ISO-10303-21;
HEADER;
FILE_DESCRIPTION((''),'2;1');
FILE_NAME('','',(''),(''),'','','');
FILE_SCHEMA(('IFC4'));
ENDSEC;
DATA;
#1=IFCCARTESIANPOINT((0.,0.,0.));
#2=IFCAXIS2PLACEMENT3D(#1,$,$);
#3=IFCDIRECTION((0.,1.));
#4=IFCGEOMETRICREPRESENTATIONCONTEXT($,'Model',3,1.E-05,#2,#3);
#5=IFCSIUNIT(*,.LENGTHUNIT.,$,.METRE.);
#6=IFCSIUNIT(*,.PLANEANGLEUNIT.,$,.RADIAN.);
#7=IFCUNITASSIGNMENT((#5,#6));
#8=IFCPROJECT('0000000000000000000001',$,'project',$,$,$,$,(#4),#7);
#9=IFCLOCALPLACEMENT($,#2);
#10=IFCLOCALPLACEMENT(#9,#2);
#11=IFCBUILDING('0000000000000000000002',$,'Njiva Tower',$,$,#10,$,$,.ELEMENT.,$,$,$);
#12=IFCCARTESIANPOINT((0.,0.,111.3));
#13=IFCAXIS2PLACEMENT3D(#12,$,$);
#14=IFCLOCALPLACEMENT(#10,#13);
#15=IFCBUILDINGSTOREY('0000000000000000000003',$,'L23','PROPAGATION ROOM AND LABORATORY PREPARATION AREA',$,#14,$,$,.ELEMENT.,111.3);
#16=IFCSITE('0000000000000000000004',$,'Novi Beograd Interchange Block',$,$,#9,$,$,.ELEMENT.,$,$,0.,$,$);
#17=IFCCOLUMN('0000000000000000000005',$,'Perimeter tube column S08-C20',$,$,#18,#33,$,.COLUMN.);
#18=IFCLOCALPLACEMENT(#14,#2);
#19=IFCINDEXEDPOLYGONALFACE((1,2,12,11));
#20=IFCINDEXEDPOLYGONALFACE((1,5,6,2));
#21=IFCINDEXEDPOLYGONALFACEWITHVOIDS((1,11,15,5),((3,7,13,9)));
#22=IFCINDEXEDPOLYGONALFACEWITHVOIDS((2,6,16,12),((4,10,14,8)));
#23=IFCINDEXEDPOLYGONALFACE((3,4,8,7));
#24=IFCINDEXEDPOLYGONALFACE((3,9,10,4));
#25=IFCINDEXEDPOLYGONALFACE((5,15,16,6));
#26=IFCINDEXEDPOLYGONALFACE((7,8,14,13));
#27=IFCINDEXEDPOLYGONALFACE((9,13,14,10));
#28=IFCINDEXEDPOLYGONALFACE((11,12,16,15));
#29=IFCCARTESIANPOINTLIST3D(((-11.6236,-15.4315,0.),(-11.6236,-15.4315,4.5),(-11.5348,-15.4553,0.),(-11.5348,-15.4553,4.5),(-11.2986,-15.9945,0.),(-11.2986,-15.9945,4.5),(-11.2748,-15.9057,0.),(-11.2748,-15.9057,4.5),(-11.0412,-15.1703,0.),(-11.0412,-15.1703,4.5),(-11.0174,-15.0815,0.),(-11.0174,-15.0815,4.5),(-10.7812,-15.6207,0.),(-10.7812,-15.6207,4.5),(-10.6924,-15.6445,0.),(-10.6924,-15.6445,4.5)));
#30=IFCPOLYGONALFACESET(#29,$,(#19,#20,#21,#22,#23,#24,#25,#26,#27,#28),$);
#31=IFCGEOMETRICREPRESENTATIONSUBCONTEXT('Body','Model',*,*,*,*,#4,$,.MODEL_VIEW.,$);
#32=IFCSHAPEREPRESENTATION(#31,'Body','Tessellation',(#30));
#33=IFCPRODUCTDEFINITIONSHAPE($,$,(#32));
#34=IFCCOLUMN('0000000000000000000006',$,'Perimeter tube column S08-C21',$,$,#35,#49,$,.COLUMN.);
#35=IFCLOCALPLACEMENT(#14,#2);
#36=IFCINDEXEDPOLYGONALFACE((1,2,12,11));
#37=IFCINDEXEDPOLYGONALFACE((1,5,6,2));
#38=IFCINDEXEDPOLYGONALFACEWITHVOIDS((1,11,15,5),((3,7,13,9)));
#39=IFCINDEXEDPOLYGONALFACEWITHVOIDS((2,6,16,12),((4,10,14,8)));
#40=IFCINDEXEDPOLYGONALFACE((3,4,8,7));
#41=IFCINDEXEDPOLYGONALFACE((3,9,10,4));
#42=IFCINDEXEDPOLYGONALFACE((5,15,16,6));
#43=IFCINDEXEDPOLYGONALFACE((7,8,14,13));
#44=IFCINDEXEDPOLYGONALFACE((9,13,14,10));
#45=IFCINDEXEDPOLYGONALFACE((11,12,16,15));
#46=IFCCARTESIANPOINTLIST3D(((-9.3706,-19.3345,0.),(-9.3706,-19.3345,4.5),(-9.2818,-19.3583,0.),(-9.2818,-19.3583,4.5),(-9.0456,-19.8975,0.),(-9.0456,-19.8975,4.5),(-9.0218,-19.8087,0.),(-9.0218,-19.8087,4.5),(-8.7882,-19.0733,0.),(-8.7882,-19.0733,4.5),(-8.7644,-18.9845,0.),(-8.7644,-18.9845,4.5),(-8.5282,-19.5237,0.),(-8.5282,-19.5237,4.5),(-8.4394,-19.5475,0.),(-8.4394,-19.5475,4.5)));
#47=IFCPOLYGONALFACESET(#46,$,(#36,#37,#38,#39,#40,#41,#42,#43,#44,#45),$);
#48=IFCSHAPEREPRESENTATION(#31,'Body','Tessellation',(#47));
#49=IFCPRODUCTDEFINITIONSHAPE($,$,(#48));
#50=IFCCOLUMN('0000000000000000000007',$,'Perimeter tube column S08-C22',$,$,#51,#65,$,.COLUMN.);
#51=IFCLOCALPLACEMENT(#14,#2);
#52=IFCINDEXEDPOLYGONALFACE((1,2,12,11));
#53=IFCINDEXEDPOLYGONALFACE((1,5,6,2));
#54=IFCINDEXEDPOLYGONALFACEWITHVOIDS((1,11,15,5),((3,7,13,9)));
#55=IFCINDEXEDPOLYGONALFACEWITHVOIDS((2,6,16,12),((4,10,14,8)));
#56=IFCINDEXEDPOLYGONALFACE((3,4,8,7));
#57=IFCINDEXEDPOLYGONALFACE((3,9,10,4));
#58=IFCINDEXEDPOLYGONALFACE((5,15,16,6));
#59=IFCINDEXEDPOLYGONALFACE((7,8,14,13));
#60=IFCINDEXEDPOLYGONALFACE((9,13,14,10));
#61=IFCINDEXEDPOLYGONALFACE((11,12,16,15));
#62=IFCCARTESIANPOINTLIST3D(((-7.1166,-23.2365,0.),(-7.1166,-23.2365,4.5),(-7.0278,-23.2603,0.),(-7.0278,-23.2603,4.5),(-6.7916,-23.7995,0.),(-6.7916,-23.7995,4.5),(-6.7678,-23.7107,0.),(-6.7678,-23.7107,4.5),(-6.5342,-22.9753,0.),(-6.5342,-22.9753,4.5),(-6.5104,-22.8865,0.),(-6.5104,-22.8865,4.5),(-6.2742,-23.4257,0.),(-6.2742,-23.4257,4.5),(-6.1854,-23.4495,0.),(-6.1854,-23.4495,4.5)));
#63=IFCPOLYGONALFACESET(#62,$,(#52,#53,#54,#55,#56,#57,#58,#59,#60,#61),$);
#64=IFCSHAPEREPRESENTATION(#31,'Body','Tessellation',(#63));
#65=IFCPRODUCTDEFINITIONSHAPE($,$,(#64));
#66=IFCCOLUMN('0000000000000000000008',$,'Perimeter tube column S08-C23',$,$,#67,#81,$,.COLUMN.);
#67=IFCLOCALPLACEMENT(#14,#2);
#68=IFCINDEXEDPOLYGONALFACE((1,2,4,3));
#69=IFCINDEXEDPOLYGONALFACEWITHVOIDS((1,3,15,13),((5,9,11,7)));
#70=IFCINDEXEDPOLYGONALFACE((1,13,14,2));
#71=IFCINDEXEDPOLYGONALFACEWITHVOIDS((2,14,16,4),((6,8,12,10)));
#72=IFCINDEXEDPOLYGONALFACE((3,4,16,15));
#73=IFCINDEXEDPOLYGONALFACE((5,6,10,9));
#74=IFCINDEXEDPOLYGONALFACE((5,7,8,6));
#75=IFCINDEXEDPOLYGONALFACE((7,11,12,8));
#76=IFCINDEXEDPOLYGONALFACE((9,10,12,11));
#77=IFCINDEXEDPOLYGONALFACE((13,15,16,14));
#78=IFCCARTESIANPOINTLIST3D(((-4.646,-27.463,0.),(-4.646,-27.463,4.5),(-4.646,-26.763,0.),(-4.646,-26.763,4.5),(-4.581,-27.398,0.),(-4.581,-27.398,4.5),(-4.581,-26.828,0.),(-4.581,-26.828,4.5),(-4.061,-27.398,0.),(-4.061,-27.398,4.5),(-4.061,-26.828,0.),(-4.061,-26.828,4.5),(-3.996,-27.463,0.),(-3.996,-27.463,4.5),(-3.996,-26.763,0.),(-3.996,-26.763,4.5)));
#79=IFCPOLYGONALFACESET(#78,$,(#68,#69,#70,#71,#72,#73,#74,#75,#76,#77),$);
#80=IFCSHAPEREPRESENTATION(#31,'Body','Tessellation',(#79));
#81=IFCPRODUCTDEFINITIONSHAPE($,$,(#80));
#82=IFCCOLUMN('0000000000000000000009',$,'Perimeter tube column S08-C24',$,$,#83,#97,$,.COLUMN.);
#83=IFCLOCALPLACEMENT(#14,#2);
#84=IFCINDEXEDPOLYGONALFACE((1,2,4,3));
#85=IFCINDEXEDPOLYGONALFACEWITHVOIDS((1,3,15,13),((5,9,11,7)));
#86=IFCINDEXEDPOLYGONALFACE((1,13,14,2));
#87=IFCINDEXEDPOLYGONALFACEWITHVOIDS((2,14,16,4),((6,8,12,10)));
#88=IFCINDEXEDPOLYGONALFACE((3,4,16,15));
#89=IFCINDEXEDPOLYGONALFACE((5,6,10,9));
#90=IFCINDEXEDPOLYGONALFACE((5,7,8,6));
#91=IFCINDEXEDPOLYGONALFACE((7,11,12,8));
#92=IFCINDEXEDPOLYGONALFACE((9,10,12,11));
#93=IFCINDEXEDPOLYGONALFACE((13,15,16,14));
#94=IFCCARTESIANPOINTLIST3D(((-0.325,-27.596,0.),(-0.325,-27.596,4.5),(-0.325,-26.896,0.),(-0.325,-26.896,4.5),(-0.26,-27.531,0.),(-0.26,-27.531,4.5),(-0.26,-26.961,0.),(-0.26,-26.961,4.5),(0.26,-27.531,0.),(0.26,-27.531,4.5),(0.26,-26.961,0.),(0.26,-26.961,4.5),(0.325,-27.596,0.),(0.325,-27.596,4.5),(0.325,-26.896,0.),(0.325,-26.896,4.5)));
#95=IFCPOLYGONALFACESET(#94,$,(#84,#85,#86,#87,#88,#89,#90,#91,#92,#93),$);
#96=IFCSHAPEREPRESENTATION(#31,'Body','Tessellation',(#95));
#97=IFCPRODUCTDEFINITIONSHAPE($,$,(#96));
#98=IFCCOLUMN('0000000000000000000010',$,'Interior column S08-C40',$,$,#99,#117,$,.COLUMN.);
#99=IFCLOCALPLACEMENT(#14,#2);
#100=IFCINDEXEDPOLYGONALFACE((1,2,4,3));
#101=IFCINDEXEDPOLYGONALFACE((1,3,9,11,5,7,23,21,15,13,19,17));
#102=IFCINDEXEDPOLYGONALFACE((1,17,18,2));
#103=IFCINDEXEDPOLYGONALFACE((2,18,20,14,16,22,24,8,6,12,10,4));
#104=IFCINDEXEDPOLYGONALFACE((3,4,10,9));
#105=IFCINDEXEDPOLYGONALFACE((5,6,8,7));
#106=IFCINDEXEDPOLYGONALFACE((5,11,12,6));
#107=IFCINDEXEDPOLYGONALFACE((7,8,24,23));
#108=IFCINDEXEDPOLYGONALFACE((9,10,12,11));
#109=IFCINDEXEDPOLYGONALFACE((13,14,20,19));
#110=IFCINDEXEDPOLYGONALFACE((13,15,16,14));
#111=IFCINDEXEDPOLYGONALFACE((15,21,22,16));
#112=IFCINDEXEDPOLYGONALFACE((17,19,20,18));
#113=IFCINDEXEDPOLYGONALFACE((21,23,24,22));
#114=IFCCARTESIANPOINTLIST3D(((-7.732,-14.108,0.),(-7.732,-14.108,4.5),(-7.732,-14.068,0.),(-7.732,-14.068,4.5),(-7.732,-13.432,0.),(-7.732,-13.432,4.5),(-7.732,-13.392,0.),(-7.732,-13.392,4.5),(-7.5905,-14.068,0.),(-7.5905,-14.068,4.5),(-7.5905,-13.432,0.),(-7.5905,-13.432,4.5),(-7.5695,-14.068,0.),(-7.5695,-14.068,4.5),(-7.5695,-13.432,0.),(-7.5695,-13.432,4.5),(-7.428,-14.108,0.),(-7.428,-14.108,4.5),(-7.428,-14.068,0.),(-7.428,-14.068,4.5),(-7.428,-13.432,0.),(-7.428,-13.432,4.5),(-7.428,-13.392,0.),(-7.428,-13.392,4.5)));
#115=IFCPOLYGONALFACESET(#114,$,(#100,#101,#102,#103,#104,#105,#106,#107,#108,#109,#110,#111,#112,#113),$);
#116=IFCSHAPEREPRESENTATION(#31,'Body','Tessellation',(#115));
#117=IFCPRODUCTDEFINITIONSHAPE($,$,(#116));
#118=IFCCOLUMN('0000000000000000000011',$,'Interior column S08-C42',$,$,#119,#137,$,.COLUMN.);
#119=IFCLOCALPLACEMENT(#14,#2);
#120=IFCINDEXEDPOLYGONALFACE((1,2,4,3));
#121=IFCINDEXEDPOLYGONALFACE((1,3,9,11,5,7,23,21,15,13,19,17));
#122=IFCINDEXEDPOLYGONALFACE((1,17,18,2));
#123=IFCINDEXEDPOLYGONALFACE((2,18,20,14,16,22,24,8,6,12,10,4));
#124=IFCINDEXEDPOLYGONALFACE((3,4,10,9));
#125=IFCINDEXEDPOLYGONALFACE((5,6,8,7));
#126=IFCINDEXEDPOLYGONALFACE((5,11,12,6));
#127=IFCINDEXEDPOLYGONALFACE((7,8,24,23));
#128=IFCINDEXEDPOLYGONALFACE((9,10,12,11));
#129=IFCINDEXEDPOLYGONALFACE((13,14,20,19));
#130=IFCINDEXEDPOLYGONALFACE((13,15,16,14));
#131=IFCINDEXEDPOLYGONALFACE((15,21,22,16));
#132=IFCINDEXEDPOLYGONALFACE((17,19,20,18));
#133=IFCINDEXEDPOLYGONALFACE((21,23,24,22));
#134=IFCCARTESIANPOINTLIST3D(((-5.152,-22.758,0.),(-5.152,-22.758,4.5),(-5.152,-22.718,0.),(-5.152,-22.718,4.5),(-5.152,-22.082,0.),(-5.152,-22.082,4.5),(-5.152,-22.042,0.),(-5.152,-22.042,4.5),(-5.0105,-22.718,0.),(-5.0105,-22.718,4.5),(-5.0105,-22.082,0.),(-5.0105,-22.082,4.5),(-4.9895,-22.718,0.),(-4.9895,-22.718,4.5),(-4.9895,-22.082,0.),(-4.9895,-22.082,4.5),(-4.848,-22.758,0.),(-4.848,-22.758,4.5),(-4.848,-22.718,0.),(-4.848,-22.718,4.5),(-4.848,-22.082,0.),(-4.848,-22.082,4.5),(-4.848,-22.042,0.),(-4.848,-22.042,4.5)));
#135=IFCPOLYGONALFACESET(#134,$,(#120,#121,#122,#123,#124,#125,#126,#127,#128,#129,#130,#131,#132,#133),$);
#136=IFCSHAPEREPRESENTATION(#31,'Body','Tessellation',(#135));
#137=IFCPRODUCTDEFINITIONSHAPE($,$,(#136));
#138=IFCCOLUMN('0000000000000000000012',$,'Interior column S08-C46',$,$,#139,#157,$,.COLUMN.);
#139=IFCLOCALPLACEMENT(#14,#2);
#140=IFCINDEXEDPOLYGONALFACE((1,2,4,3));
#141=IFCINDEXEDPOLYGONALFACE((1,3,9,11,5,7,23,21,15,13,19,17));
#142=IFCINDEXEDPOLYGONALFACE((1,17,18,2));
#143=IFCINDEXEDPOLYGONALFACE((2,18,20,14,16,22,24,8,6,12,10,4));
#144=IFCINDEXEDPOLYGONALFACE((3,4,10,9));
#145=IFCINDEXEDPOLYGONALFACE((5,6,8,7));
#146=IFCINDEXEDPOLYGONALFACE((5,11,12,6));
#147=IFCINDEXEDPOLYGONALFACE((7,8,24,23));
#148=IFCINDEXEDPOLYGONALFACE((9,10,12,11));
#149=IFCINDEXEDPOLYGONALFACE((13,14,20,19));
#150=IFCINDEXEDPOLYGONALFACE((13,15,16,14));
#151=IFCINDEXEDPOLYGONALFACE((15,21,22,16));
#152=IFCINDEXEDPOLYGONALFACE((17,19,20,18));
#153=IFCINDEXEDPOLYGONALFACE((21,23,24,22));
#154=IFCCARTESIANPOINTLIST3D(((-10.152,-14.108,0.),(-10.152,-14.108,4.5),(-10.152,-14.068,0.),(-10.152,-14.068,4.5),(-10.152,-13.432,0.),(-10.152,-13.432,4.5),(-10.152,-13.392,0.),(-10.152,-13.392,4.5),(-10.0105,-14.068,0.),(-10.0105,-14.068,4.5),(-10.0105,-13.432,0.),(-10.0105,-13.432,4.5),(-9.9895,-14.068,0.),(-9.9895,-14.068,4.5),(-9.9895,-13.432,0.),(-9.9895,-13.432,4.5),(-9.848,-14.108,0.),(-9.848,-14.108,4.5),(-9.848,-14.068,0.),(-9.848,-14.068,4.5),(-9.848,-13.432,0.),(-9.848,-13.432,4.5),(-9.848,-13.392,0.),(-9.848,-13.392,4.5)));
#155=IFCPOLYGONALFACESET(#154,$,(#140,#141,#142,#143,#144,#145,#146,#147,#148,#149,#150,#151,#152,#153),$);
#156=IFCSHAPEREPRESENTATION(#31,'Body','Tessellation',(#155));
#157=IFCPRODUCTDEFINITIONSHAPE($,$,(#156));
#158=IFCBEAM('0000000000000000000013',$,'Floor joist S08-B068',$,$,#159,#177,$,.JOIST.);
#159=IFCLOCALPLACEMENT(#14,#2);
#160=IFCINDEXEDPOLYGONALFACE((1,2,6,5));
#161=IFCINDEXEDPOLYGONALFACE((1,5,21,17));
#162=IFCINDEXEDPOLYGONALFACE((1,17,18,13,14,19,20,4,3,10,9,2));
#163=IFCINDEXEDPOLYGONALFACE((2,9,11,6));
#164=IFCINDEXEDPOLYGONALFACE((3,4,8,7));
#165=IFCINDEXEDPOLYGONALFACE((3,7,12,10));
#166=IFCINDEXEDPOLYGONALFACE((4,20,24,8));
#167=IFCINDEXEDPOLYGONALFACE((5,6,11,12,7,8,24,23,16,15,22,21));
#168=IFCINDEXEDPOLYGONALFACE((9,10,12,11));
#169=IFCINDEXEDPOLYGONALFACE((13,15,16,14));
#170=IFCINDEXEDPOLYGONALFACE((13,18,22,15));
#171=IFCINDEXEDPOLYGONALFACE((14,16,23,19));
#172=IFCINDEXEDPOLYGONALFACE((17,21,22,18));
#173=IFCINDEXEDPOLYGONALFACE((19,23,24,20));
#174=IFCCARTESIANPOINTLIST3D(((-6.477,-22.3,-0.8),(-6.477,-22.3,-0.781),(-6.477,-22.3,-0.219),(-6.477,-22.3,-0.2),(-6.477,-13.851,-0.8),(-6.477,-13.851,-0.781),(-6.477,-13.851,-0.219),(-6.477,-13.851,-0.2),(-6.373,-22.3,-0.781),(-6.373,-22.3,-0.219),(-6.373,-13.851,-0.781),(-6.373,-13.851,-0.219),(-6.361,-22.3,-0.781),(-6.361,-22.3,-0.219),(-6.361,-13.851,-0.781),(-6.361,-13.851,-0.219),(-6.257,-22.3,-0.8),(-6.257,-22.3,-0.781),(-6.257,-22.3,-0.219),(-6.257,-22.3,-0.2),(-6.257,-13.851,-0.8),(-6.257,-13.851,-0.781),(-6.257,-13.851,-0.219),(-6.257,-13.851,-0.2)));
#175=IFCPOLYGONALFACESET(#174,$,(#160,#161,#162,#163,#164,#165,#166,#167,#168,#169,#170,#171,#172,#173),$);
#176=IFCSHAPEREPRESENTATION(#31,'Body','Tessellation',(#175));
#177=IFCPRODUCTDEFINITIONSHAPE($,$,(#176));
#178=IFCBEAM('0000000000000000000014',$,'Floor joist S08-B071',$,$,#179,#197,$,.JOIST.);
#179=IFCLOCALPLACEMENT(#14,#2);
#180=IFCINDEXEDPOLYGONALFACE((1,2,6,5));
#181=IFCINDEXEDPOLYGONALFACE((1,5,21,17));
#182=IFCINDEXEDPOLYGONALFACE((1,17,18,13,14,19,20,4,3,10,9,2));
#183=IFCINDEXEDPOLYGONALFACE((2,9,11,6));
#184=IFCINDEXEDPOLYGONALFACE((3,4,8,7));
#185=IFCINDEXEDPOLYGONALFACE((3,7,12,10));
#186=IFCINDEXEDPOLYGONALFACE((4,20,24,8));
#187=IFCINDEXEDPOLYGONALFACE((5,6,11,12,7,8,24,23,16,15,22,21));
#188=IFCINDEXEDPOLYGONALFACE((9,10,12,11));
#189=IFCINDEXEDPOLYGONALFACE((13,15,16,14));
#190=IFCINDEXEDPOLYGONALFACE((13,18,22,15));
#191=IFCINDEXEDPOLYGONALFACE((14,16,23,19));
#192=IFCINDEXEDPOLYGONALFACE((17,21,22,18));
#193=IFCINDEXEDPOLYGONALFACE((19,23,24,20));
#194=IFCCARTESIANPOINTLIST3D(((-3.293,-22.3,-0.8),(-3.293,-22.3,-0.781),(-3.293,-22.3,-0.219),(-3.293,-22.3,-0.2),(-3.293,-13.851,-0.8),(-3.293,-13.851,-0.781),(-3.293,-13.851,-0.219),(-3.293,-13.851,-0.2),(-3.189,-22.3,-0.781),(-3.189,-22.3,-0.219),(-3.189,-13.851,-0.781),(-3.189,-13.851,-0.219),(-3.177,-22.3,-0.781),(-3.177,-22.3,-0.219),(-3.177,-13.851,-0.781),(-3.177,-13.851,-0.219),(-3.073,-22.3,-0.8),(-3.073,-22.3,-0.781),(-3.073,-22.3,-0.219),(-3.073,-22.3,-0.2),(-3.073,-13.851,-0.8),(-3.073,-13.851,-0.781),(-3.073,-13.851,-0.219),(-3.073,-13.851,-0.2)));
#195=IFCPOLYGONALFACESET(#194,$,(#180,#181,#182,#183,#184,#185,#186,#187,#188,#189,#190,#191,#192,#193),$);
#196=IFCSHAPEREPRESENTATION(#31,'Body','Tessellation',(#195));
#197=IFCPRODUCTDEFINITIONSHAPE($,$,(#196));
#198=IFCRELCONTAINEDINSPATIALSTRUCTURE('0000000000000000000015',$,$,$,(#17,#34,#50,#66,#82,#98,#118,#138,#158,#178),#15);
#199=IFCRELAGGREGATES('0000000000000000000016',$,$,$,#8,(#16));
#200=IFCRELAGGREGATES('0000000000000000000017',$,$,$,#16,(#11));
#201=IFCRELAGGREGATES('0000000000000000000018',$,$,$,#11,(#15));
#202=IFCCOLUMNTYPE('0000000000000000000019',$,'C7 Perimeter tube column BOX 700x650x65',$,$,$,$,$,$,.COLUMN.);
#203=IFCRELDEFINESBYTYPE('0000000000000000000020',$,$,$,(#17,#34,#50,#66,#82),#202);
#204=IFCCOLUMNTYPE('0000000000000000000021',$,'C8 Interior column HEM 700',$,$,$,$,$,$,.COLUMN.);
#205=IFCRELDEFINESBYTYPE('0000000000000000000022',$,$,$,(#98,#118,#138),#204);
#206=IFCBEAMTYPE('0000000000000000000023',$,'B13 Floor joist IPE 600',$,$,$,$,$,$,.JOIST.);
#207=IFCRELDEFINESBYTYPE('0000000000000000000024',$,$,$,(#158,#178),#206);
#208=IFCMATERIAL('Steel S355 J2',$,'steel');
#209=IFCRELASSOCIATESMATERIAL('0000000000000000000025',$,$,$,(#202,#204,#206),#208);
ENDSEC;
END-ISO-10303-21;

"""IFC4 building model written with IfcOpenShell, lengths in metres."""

from ifc_helpers import new_model, si_unit, direction, frame, origin, origin_2d, place, context, subcontext, project, spatial, hollow_rectangle, i_section, extrude, material, material_profile, profile_set, type_object, element, save


model = new_model("IFC4")

# Units and contexts
model_context = context("Model", 3, precision=1e-05, world=origin(), true_north=direction((0.0, 1.0)))
body_context = subcontext(model_context, "Body", "Model", "MODEL_VIEW")
ifc_project = project(units=[si_unit("LENGTHUNIT", "METRE"), si_unit("PLANEANGLEUNIT", "RADIAN")], contexts=[model_context])

# Site, building, storey
site_placement = place(None, origin())
site = spatial("IfcSite", under=ifc_project, at=site_placement, Name="Novi Beograd Interchange Block", CompositionType="ELEMENT", RefElevation=0.0)
building_placement = place(site_placement, origin())
building = spatial("IfcBuilding", under=site, at=building_placement, Name="Njiva Tower", CompositionType="ELEMENT")
storey_placement = place(building_placement, frame((0.0, 0.0, 111.3)))
storey = spatial("IfcBuildingStorey", under=building, at=storey_placement, Name="L23", Description="PROPAGATION ROOM AND LABORATORY PREPARATION AREA", CompositionType="ELEMENT", Elevation=111.3)

# Columns
ifc_material_1 = material(Name="Steel S355 J2", Category="steel")
ifc_material_profile_1 = material_profile(ifc_material_1, hollow_rectangle(XDim=0.65, YDim=0.7, WallThickness=0.065, at=origin_2d()), Name="BOX 700x650x65")
ifc_profile_set_1 = profile_set([ifc_material_profile_1], Name="Steel S355 J2")
column_type_1 = type_object("IfcColumnType", Name="C7 Perimeter tube column BOX 700x650x65", PredefinedType="COLUMN", material=ifc_profile_set_1)
for number, where, z_axis, x_axis, name in (
    (1, (-11.158, -15.538, 0.0), (0.0, 0.0, 1.0), (0.5, -0.866025, 0.0), "Perimeter tube column S08-C20"),
    (2, (-8.905, -19.441, 0.0), (0.0, 0.0, 1.0), (0.5, -0.866025, 0.0), "Perimeter tube column S08-C21"),
    (3, (-6.651, -23.343, 0.0), (0.0, 0.0, 1.0), (0.5, -0.866025, 0.0), "Perimeter tube column S08-C22"),
    (4, (-4.321, -27.113, 0.0), (0.0, 0.0, 1.0), (1.0, 0.0, 0.0), "Perimeter tube column S08-C23"),
    (5, (0.0, -27.246, 0.0), (0.0, 0.0, 1.0), (1.0, 0.0, 0.0), "Perimeter tube column S08-C24"),
):
    element("IfcColumn", number, at=place(storey_placement, frame(where, z_axis=z_axis, x_axis=x_axis)), inside=storey, type_object=column_type_1, Name=name, PredefinedType="COLUMN", context=body_context, shape_type="SweptSolid", body=[
        extrude(hollow_rectangle(XDim=0.65, YDim=0.7, WallThickness=0.065, at=origin_2d()), origin(), (0.0, 0.0, 1.0), 4.5),
    ])
ifc_material_profile_2 = material_profile(ifc_material_1, i_section(OverallWidth=0.304, OverallDepth=0.716, WebThickness=0.021, FlangeThickness=0.04, at=origin_2d()), Name="HEM 700")
ifc_profile_set_2 = profile_set([ifc_material_profile_2], Name="Steel S355 J2")
column_type_2 = type_object("IfcColumnType", Name="C8 Interior column HEM 700", PredefinedType="COLUMN", material=ifc_profile_set_2)
for number, where, z_axis, x_axis, name in (
    (6, (-7.58, -13.75, 0.0), (0.0, 0.0, 1.0), (1.0, 0.0, 0.0), "Interior column S08-C40"),
    (7, (-5.0, -22.4, 0.0), (0.0, 0.0, 1.0), (1.0, 0.0, 0.0), "Interior column S08-C42"),
    (8, (-10.0, -13.75, 0.0), (0.0, 0.0, 1.0), (1.0, 0.0, 0.0), "Interior column S08-C46"),
):
    element("IfcColumn", number, at=place(storey_placement, frame(where, z_axis=z_axis, x_axis=x_axis)), inside=storey, type_object=column_type_2, Name=name, PredefinedType="COLUMN", context=body_context, shape_type="SweptSolid", body=[
        extrude(i_section(OverallWidth=0.304, OverallDepth=0.716, WebThickness=0.021, FlangeThickness=0.04, at=origin_2d()), origin(), (0.0, 0.0, 1.0), 4.5),
    ])

# Beams
ifc_material_profile_3 = material_profile(ifc_material_1, i_section(OverallWidth=0.22, OverallDepth=0.6, WebThickness=0.012, FlangeThickness=0.019, at=origin_2d()), Name="IPE 600")
ifc_profile_set_3 = profile_set([ifc_material_profile_3], Name="Steel S355 J2")
beam_type_1 = type_object("IfcBeamType", Name="B13 Floor joist IPE 600", PredefinedType="JOIST", material=ifc_profile_set_3)
for number, where, z_axis, x_axis, name in (
    (9, (-6.367, -13.851, -0.5), (0.0, -1.0, 0.0), (1.0, 0.0, 0.0), "Floor joist S08-B068"),
    (10, (-3.183, -13.851, -0.5), (0.0, -1.0, 0.0), (1.0, 0.0, 0.0), "Floor joist S08-B071"),
):
    element("IfcBeam", number, at=place(storey_placement, frame(where, z_axis=z_axis, x_axis=x_axis)), inside=storey, type_object=beam_type_1, Name=name, PredefinedType="JOIST", context=body_context, shape_type="SweptSolid", body=[
        extrude(i_section(OverallWidth=0.22, OverallDepth=0.6, WebThickness=0.012, FlangeThickness=0.019, at=origin_2d()), origin(), (0.0, 0.0, 1.0), 8.449),
    ])

save(model, "model.ifc")
